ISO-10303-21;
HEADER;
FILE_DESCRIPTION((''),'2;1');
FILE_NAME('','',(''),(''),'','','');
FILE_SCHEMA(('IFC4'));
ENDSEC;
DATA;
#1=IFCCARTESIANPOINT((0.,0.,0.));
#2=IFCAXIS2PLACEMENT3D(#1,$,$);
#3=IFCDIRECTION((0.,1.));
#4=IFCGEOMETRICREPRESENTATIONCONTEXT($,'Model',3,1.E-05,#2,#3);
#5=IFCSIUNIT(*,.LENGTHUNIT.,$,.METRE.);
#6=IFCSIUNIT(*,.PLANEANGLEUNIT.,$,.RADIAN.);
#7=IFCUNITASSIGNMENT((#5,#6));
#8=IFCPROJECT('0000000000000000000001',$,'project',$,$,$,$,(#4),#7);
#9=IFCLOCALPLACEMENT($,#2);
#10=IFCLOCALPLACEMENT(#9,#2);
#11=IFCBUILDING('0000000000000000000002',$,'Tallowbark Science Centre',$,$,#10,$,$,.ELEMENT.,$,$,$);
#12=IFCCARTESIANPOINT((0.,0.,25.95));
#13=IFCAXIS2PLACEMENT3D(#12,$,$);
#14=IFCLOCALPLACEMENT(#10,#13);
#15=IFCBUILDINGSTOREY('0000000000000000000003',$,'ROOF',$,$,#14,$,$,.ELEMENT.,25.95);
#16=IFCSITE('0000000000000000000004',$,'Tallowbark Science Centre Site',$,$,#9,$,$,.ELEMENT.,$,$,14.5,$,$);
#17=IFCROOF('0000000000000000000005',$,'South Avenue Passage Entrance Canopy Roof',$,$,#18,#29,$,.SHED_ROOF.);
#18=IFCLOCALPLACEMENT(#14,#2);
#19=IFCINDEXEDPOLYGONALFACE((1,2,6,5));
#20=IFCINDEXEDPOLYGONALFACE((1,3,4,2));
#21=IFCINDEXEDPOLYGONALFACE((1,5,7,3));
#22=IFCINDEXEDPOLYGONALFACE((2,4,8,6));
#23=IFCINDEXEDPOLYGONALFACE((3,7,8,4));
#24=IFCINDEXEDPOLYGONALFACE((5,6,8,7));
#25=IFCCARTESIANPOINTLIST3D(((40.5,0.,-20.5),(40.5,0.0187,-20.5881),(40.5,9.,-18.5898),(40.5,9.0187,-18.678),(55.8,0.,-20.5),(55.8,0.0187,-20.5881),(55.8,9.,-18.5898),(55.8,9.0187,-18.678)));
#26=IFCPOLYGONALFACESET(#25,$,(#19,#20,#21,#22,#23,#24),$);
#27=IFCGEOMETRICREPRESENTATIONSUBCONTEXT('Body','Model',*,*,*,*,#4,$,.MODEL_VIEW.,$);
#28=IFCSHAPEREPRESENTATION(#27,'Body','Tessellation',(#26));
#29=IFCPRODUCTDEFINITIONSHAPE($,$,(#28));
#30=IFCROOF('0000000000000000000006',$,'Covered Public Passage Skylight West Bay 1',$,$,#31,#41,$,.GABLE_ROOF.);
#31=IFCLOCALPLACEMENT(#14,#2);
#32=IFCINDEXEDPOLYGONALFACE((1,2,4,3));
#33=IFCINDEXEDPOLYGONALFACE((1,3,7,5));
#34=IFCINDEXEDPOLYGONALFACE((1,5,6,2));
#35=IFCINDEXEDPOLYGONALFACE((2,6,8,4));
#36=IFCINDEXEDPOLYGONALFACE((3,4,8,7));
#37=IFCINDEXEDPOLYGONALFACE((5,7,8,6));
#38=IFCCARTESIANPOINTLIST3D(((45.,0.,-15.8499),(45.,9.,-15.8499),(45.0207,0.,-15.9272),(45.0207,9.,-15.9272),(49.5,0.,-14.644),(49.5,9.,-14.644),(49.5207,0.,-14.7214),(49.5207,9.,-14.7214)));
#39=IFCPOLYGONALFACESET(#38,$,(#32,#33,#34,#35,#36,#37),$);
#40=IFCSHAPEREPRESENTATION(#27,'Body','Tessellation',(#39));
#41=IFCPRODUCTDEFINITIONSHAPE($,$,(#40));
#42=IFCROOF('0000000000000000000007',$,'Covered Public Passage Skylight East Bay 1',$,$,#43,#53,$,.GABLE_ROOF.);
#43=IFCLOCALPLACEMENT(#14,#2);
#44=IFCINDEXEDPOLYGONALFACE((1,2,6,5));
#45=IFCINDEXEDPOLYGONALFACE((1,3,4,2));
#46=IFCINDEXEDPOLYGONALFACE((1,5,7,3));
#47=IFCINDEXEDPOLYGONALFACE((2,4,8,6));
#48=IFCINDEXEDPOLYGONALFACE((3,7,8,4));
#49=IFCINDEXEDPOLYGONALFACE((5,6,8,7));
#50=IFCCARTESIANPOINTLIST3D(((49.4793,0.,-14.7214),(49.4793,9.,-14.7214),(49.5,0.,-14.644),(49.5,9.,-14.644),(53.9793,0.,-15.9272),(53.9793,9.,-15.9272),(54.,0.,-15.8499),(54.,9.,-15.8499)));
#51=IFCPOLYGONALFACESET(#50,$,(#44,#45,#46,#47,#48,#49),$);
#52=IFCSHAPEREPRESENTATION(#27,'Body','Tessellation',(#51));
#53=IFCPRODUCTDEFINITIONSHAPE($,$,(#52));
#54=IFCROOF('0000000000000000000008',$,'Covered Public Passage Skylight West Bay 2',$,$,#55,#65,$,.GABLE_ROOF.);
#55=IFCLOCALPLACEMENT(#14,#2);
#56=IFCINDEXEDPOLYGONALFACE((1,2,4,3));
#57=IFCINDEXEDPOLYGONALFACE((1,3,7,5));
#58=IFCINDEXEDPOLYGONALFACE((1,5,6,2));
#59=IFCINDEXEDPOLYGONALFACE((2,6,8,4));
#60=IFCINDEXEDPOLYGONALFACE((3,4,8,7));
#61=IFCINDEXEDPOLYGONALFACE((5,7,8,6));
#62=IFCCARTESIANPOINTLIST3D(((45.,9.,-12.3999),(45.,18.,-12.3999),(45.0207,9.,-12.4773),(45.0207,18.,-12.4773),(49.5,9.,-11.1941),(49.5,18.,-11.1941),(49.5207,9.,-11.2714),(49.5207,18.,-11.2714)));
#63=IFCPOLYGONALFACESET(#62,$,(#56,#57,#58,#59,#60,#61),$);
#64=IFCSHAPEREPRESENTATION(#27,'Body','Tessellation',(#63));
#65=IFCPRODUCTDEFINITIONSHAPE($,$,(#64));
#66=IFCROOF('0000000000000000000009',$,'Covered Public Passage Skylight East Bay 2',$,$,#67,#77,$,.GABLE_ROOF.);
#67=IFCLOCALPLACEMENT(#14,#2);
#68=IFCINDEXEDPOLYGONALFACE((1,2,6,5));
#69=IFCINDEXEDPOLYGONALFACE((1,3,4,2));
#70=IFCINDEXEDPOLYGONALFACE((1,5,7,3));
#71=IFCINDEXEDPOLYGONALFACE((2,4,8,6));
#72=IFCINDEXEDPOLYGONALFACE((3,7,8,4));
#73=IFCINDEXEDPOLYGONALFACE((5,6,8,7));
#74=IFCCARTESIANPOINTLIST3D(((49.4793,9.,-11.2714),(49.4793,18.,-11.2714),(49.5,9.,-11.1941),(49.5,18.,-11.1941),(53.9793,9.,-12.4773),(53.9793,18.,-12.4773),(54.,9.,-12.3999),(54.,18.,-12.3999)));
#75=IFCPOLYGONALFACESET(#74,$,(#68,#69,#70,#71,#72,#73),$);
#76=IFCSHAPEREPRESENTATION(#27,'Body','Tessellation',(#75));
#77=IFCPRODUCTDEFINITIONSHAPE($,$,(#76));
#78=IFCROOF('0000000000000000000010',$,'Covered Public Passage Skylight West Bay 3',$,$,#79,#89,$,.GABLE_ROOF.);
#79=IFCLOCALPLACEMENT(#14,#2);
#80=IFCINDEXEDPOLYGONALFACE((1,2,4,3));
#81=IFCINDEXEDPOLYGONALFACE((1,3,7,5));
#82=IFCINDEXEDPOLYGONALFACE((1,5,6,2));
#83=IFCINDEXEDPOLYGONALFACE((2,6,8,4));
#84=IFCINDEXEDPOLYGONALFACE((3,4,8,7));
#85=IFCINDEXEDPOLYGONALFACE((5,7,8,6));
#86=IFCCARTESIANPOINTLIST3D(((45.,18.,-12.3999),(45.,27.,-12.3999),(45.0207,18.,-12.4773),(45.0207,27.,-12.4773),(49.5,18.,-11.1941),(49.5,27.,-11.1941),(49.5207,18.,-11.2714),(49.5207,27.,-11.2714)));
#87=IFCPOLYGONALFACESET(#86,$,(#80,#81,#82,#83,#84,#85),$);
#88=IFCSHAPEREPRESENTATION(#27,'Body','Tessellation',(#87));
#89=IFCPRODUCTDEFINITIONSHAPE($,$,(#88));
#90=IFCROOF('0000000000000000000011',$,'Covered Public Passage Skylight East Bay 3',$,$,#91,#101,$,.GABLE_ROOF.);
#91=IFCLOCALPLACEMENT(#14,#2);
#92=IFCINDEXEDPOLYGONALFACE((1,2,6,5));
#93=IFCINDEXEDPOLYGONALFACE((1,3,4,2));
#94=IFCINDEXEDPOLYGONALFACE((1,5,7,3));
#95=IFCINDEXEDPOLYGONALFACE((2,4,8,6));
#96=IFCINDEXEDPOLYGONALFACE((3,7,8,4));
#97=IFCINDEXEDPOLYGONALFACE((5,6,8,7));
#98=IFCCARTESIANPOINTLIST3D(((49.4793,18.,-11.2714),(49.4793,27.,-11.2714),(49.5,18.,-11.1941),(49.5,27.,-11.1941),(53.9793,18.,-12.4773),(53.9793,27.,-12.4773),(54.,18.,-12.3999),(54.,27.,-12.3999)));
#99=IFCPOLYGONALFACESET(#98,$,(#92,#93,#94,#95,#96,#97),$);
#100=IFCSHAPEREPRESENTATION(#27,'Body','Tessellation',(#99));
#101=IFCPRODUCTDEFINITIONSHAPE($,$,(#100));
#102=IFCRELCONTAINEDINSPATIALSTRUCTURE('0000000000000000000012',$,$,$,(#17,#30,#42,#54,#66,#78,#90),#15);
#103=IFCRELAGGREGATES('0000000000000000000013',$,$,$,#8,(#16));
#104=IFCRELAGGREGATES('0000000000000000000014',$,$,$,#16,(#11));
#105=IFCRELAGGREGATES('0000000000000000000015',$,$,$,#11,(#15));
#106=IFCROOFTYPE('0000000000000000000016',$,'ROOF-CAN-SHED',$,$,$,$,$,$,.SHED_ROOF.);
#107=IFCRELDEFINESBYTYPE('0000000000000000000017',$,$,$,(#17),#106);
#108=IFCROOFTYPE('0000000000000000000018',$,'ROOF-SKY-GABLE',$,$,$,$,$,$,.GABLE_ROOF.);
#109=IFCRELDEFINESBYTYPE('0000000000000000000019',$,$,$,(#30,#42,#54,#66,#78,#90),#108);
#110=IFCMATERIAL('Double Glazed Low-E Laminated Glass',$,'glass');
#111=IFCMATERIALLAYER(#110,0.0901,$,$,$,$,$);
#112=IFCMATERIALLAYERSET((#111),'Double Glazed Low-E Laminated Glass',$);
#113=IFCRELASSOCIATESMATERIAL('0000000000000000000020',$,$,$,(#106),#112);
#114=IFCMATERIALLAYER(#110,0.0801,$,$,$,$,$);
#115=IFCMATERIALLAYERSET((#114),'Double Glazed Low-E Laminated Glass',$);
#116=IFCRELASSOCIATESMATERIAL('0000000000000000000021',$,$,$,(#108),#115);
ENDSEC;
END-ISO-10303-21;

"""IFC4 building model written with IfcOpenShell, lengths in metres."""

from ifc_helpers import new_model, si_unit, direction, frame, origin, place, context, subcontext, project, spatial, polyline, outline, extrude, material, layer, layer_set, type_object, element, save


model = new_model("IFC4")

# Units and contexts
model_context = context("Model", 3, precision=1e-05, world=origin(), true_north=direction((0.0, 1.0)))
body_context = subcontext(model_context, "Body", "Model", "MODEL_VIEW")
ifc_project = project(units=[si_unit("LENGTHUNIT", "METRE"), si_unit("PLANEANGLEUNIT", "RADIAN")], contexts=[model_context])

# Site, building, storey
site_placement = place(None, origin())
site = spatial("IfcSite", under=ifc_project, at=site_placement, Name="Tallowbark Science Centre Site", CompositionType="ELEMENT", RefElevation=14.5)
building_placement = place(site_placement, origin())
building = spatial("IfcBuilding", under=site, at=building_placement, Name="Tallowbark Science Centre", CompositionType="ELEMENT")
storey_placement = place(building_placement, frame((0.0, 0.0, 25.95)))
storey = spatial("IfcBuildingStorey", under=building, at=storey_placement, Name="ROOF", CompositionType="ELEMENT", Elevation=25.95)

# Roofs
ifc_material_1 = material(Name="Double Glazed Low-E Laminated Glass", Category="glass")
ifc_layer_1 = layer(ifc_material_1, 0.0901)
ifc_layer_set_1 = layer_set([ifc_layer_1], Name="Double Glazed Low-E Laminated Glass")
roof_type_1 = type_object("IfcRoofType", Name="ROOF-CAN-SHED", PredefinedType="SHED_ROOF", material=ifc_layer_set_1)
roof_placement = place(storey_placement, frame((40.5, 0.0, -20.5), z_axis=(0.0, -0.207615, 0.978211), x_axis=(1.0, 0.0, 0.0)))
element("IfcRoof", 1, at=roof_placement, inside=storey, type_object=roof_type_1, Name="South Avenue Passage Entrance Canopy Roof", PredefinedType="SHED_ROOF", context=body_context, shape_type="SweptSolid", body=[
    extrude(outline(polyline([(0.0, 0.0), (15.3, 0.0), (15.3, 9.2005), (0.0, 9.2005), (0.0, 0.0)])), origin(), (0.0, 0.0, -1.0), 0.0901),
])
ifc_layer_2 = layer(ifc_material_1, 0.0801)
ifc_layer_set_2 = layer_set([ifc_layer_2], Name="Double Glazed Low-E Laminated Glass")
roof_type_2 = type_object("IfcRoofType", Name="ROOF-SKY-GABLE", PredefinedType="GABLE_ROOF", material=ifc_layer_set_2)
for number, where, z_axis, x_axis, name in (
    (2, (45.0, 0.0, -15.8499), (-0.258827, 0.0, 0.965924), (0.965924, 0.0, 0.258827), "Covered Public Passage Skylight West Bay 1"),
    (3, (49.5, 0.0, -14.644), (0.258827, 0.0, 0.965924), (0.965924, 0.0, -0.258827), "Covered Public Passage Skylight East Bay 1"),
    (4, (45.0, 9.0, -12.3999), (-0.258827, 0.0, 0.965924), (0.965924, 0.0, 0.258827), "Covered Public Passage Skylight West Bay 2"),
    (5, (49.5, 9.0, -11.1941), (0.258827, 0.0, 0.965924), (0.965924, 0.0, -0.258827), "Covered Public Passage Skylight East Bay 2"),
    (6, (45.0, 18.0, -12.3999), (-0.258827, 0.0, 0.965924), (0.965924, 0.0, 0.258827), "Covered Public Passage Skylight West Bay 3"),
    (7, (49.5, 18.0, -11.1941), (0.258827, 0.0, 0.965924), (0.965924, 0.0, -0.258827), "Covered Public Passage Skylight East Bay 3"),
):
    element("IfcRoof", number, at=place(storey_placement, frame(where, z_axis=z_axis, x_axis=x_axis)), inside=storey, type_object=roof_type_2, Name=name, PredefinedType="GABLE_ROOF", context=body_context, shape_type="SweptSolid", body=[
        extrude(outline(polyline([(0.0, 0.0), (4.6588, 0.0), (4.6588, 9.0), (0.0, 9.0), (0.0, 0.0)])), origin(), (0.0, 0.0, -1.0), 0.0801),
    ])

save(model, "model.ifc")
